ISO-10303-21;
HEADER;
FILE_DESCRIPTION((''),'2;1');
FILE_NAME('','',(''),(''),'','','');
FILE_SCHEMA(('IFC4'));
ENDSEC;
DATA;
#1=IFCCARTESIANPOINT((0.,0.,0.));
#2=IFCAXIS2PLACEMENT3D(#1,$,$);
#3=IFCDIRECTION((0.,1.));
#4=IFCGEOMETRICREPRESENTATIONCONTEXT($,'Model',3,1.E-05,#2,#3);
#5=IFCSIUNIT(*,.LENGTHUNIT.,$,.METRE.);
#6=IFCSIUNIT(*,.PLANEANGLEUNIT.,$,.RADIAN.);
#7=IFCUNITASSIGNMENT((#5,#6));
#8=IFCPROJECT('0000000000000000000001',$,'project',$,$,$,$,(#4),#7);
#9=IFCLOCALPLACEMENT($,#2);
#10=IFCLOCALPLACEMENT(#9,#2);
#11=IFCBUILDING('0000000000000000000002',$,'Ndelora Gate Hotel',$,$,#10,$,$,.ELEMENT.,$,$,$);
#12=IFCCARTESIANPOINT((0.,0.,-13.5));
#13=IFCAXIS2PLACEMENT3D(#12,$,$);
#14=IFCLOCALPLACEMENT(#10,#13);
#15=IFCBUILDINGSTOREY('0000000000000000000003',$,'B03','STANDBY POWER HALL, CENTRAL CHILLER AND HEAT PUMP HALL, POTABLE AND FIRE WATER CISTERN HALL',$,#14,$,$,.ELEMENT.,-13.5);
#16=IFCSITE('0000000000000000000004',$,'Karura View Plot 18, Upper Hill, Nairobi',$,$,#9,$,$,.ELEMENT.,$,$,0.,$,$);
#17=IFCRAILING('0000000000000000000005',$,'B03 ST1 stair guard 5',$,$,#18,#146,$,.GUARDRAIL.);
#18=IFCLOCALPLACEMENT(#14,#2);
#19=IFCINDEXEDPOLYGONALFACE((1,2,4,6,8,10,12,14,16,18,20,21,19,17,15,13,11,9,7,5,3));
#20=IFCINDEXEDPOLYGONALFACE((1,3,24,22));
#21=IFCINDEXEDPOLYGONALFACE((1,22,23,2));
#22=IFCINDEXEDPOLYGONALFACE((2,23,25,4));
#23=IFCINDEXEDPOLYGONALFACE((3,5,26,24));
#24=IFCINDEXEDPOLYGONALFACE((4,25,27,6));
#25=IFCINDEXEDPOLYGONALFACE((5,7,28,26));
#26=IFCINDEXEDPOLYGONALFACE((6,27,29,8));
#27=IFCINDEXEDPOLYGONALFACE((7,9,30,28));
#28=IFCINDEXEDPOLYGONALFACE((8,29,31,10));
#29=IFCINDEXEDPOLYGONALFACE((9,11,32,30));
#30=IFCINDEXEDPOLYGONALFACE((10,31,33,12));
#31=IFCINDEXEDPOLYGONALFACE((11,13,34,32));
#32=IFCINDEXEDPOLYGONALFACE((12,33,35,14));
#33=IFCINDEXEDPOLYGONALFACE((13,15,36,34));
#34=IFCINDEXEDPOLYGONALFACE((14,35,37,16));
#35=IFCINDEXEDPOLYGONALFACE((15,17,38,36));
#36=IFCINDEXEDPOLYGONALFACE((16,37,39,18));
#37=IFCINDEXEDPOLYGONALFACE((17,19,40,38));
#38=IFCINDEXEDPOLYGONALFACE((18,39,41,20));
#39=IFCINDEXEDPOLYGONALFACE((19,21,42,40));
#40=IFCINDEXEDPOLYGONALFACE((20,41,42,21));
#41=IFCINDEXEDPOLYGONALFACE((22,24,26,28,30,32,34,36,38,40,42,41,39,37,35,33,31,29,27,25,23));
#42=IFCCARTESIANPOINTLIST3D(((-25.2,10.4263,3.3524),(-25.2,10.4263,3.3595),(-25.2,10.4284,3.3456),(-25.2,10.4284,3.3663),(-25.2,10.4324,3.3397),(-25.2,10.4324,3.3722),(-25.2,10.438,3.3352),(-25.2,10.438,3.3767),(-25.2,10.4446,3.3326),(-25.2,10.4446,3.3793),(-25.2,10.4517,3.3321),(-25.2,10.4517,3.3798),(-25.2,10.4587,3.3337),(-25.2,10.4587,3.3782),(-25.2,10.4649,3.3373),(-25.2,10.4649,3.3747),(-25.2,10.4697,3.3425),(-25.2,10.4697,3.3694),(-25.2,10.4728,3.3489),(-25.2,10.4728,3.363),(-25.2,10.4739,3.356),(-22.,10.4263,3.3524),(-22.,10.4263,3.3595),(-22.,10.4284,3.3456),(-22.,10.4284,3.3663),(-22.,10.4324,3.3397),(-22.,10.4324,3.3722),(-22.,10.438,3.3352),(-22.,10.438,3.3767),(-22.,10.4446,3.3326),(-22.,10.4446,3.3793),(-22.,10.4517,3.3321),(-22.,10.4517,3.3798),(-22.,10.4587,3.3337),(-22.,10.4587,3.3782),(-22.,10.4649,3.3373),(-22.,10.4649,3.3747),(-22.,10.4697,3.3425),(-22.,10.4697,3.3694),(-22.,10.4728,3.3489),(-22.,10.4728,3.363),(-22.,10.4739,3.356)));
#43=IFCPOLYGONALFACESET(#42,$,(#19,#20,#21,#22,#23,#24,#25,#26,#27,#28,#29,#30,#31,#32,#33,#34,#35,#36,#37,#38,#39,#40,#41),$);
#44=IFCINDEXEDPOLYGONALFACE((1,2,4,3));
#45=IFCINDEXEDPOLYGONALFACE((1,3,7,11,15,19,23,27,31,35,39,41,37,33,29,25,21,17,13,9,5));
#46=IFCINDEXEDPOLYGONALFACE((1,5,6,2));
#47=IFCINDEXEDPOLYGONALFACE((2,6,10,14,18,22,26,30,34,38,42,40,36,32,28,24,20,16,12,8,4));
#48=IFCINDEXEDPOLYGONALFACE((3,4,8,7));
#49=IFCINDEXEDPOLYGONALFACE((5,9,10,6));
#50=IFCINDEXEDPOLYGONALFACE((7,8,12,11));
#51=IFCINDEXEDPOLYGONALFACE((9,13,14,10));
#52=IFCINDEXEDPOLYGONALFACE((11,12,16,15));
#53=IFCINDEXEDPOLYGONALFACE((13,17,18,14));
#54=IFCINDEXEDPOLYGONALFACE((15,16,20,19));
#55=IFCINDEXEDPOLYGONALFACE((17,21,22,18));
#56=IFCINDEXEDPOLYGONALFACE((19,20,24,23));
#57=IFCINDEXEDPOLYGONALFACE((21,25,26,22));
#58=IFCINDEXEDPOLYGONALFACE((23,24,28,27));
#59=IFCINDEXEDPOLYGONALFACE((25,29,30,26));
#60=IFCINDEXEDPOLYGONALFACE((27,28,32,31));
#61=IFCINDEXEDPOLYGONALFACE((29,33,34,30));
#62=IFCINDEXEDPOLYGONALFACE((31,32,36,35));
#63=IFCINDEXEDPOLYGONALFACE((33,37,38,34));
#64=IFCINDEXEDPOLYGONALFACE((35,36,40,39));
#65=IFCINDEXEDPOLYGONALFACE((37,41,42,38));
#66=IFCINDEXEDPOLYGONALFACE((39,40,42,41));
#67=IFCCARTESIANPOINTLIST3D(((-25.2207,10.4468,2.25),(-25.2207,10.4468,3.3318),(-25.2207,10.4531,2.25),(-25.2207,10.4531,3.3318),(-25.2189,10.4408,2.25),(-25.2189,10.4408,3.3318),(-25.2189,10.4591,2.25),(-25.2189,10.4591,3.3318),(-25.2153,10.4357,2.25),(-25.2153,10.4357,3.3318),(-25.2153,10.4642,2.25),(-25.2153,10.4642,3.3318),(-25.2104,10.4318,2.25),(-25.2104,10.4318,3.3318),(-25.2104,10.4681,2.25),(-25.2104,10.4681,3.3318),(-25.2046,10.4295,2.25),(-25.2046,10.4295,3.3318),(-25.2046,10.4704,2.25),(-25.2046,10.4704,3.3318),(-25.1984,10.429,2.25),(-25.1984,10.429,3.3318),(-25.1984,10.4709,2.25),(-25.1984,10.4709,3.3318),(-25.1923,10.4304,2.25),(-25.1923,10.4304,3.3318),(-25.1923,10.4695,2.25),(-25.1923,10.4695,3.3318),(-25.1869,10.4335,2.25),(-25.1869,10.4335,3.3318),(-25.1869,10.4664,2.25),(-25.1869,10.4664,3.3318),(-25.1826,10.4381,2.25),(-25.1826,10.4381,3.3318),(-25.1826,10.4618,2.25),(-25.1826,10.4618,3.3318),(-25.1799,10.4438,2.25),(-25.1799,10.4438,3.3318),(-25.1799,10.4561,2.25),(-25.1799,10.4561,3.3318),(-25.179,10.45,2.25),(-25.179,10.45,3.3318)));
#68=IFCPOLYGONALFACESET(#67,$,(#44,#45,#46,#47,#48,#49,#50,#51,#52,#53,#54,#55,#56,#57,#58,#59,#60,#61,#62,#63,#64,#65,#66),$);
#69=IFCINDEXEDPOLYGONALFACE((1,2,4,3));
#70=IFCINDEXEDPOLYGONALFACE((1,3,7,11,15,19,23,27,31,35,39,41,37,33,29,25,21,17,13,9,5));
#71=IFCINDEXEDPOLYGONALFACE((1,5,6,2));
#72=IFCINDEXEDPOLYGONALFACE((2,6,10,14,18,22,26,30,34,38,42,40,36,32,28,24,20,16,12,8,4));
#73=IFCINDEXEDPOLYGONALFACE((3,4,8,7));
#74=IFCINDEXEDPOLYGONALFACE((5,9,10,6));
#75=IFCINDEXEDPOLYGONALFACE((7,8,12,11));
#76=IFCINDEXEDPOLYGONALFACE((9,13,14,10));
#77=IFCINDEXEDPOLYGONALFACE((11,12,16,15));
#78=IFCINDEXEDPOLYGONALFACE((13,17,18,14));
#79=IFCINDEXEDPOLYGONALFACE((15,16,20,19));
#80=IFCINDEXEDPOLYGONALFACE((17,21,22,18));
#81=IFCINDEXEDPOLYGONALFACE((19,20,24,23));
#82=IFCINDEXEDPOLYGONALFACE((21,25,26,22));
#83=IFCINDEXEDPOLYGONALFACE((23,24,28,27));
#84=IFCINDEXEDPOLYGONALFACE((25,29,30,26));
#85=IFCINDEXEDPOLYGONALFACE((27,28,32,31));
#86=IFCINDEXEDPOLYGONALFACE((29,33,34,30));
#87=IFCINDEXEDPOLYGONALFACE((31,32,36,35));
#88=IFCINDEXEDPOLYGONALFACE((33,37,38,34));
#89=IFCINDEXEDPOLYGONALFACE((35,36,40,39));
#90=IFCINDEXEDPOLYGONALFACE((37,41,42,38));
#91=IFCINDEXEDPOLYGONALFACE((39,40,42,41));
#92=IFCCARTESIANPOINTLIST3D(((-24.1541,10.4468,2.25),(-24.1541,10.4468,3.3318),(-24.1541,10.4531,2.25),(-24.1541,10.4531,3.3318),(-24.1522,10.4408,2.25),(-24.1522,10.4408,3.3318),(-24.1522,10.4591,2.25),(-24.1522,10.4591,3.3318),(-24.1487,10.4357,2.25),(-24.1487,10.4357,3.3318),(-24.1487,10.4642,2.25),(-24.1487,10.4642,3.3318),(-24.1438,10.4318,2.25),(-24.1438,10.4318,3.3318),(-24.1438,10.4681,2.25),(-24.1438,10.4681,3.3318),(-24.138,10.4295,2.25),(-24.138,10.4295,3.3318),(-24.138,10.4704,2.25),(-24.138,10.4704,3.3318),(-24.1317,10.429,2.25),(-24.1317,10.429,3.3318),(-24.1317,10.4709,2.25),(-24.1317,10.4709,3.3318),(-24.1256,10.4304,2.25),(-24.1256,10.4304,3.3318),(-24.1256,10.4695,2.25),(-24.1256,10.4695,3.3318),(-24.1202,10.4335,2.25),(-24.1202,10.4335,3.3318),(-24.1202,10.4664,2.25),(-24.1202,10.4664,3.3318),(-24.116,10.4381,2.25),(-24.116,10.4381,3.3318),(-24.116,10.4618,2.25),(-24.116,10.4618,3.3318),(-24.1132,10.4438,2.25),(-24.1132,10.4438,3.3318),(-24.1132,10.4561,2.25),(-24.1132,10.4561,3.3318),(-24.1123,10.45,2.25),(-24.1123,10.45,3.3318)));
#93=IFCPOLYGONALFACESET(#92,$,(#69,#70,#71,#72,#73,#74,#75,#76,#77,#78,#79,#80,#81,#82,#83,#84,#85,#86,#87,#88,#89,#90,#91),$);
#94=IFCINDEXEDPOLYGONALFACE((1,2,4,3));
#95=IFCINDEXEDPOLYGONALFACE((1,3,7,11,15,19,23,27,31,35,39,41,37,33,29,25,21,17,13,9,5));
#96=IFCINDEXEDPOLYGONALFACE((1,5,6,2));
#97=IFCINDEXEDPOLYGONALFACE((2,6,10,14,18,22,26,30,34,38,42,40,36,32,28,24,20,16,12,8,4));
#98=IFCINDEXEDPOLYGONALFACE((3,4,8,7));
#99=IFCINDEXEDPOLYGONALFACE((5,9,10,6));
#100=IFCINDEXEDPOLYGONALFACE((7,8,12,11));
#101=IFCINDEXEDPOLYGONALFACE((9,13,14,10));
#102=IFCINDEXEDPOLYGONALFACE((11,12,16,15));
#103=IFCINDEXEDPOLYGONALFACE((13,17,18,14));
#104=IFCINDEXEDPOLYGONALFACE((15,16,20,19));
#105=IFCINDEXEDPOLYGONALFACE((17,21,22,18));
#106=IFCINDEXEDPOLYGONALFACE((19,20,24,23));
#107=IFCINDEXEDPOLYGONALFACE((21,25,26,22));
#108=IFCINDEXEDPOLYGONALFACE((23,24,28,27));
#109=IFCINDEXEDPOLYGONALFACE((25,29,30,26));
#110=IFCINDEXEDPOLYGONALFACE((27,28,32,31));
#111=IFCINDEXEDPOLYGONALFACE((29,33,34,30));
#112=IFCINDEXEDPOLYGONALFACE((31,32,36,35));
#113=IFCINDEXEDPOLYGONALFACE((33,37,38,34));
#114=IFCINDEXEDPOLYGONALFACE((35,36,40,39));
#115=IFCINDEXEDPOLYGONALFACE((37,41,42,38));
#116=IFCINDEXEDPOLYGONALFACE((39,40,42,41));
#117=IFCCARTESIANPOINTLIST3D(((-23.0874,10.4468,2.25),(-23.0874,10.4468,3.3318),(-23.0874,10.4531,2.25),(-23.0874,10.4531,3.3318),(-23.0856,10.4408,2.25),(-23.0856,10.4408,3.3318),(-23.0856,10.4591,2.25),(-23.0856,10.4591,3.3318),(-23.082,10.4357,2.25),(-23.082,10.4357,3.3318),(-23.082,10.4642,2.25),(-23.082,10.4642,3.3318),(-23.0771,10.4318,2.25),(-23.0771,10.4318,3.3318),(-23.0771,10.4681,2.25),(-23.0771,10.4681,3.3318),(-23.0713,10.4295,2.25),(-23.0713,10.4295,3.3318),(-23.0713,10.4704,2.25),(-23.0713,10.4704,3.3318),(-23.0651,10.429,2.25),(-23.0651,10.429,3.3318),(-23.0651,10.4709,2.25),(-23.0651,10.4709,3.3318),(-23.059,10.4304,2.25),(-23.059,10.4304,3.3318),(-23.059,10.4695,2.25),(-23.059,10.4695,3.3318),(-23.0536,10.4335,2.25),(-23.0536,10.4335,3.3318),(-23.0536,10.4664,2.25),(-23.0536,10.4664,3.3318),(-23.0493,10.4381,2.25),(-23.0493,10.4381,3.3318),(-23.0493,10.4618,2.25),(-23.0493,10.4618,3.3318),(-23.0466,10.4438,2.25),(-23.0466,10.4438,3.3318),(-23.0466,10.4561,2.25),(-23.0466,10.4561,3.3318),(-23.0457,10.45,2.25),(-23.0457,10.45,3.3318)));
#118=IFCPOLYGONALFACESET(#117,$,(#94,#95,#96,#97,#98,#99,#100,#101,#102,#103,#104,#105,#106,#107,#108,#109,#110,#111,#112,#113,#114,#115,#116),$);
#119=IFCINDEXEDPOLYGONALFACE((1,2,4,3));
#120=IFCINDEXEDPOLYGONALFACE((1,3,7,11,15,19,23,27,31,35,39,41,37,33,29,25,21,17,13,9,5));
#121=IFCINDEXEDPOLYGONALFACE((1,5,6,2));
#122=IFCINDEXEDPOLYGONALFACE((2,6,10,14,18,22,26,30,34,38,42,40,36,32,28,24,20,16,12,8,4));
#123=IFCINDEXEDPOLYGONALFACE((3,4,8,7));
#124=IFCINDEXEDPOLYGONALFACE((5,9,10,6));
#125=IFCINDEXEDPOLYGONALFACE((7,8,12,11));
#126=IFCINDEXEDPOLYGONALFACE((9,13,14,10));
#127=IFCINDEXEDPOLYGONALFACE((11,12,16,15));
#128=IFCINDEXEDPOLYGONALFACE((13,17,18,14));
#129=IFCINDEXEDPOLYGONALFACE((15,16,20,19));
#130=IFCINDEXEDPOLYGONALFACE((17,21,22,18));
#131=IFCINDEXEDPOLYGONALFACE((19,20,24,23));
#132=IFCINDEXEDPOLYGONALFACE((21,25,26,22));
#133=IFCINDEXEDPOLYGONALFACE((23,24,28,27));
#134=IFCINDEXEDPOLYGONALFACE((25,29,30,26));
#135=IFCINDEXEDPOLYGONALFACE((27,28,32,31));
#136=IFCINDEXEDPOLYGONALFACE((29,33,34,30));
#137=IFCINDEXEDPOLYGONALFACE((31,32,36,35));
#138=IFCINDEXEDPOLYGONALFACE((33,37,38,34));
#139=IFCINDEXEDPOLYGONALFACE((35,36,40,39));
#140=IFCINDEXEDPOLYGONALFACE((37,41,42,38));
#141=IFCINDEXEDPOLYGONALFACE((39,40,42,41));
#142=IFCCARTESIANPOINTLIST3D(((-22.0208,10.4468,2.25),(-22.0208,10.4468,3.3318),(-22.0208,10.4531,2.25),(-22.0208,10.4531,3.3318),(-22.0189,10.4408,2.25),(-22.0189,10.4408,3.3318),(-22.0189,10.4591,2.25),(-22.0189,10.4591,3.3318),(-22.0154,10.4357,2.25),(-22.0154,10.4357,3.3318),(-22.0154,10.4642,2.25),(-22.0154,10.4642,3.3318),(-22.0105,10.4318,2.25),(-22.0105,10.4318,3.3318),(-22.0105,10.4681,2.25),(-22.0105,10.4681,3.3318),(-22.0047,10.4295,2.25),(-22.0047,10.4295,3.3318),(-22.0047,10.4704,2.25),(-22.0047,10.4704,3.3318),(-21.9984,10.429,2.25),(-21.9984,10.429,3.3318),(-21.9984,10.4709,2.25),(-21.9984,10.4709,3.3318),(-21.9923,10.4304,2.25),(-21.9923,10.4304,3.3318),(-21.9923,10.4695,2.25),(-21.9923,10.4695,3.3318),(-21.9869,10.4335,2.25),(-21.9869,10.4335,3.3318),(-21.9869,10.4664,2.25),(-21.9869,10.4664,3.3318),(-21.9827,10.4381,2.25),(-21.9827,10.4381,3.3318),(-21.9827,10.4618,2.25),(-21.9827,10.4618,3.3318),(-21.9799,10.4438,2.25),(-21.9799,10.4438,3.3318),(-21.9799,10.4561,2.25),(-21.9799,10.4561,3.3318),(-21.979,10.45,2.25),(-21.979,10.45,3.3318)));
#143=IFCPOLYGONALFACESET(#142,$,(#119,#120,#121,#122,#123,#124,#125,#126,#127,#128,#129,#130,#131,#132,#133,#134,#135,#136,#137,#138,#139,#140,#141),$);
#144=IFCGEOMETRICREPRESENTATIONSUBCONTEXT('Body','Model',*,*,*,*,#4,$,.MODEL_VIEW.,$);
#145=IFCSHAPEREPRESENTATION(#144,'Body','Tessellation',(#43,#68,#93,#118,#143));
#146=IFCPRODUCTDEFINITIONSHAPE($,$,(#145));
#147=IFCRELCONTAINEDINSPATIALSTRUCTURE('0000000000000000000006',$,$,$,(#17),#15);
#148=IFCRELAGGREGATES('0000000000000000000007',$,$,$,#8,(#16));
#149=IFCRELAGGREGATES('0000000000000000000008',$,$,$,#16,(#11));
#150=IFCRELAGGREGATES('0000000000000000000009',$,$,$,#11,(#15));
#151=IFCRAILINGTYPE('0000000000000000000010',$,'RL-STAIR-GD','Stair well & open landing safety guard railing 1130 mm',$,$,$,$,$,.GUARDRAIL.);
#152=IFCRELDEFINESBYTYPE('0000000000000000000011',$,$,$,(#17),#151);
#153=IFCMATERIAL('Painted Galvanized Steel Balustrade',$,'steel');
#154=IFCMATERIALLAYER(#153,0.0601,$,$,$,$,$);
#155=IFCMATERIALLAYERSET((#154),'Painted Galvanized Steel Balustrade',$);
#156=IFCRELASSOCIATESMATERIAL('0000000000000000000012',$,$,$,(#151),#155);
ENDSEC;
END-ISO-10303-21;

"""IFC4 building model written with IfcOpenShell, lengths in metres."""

from ifc_helpers import new_model, si_unit, direction, frame, origin, origin_2d, place, context, subcontext, project, spatial, circle, extrude, material, layer, layer_set, type_object, element, save


model = new_model("IFC4")

# Units and contexts
model_context = context("Model", 3, precision=1e-05, world=origin(), true_north=direction((0.0, 1.0)))
body_context = subcontext(model_context, "Body", "Model", "MODEL_VIEW")
ifc_project = project(units=[si_unit("LENGTHUNIT", "METRE"), si_unit("PLANEANGLEUNIT", "RADIAN")], contexts=[model_context])

# Site, building, storey
site_placement = place(None, origin())
site = spatial("IfcSite", under=ifc_project, at=site_placement, Name="Karura View Plot 18, Upper Hill, Nairobi", CompositionType="ELEMENT", RefElevation=0.0)
building_placement = place(site_placement, origin())
building = spatial("IfcBuilding", under=site, at=building_placement, Name="Ndelora Gate Hotel", CompositionType="ELEMENT")
storey_placement = place(building_placement, frame((0.0, 0.0, -13.5)))
storey = spatial("IfcBuildingStorey", under=building, at=storey_placement, Name="B03", Description="STANDBY POWER HALL, CENTRAL CHILLER AND HEAT PUMP HALL, POTABLE AND FIRE WATER CISTERN HALL", CompositionType="ELEMENT", Elevation=-13.5)

# Railing
ifc_material_1 = material(Name="Painted Galvanized Steel Balustrade", Category="steel")
ifc_layer_1 = layer(ifc_material_1, 0.0601)
ifc_layer_set_1 = layer_set([ifc_layer_1], Name="Painted Galvanized Steel Balustrade")
railing_type = type_object("IfcRailingType", Name="RL-STAIR-GD", Description="Stair well & open landing safety guard railing 1130 mm", PredefinedType="GUARDRAIL", material=ifc_layer_set_1)
railing_1_placement = place(storey_placement, frame((-25.2, 10.45, 2.25)))
element("IfcRailing", 1, at=railing_1_placement, inside=storey, type_object=railing_type, Name="B03 ST1 stair guard 5", PredefinedType="GUARDRAIL", context=body_context, shape_type="SweptSolid", body=[
    extrude(circle(Radius=0.0239, at=origin_2d()), frame((0.0, 0.0, 1.106), z_axis=(1.0, 0.0, 0.0), x_axis=(0.0, 1.0, 0.0)), (0.0, 0.0, 1.0), 3.2),
    extrude(circle(Radius=0.021, at=origin_2d()), origin(), (0.0, 0.0, 1.0), 1.0818),
    extrude(circle(Radius=0.021, at=origin_2d()), frame((1.0667, 0.0, 0.0)), (0.0, 0.0, 1.0), 1.0818),
    extrude(circle(Radius=0.021, at=origin_2d()), frame((2.1333, 0.0, 0.0)), (0.0, 0.0, 1.0), 1.0818),
    extrude(circle(Radius=0.021, at=origin_2d()), frame((3.2, 0.0, 0.0)), (0.0, 0.0, 1.0), 1.0818),
])

save(model, "model.ifc")
